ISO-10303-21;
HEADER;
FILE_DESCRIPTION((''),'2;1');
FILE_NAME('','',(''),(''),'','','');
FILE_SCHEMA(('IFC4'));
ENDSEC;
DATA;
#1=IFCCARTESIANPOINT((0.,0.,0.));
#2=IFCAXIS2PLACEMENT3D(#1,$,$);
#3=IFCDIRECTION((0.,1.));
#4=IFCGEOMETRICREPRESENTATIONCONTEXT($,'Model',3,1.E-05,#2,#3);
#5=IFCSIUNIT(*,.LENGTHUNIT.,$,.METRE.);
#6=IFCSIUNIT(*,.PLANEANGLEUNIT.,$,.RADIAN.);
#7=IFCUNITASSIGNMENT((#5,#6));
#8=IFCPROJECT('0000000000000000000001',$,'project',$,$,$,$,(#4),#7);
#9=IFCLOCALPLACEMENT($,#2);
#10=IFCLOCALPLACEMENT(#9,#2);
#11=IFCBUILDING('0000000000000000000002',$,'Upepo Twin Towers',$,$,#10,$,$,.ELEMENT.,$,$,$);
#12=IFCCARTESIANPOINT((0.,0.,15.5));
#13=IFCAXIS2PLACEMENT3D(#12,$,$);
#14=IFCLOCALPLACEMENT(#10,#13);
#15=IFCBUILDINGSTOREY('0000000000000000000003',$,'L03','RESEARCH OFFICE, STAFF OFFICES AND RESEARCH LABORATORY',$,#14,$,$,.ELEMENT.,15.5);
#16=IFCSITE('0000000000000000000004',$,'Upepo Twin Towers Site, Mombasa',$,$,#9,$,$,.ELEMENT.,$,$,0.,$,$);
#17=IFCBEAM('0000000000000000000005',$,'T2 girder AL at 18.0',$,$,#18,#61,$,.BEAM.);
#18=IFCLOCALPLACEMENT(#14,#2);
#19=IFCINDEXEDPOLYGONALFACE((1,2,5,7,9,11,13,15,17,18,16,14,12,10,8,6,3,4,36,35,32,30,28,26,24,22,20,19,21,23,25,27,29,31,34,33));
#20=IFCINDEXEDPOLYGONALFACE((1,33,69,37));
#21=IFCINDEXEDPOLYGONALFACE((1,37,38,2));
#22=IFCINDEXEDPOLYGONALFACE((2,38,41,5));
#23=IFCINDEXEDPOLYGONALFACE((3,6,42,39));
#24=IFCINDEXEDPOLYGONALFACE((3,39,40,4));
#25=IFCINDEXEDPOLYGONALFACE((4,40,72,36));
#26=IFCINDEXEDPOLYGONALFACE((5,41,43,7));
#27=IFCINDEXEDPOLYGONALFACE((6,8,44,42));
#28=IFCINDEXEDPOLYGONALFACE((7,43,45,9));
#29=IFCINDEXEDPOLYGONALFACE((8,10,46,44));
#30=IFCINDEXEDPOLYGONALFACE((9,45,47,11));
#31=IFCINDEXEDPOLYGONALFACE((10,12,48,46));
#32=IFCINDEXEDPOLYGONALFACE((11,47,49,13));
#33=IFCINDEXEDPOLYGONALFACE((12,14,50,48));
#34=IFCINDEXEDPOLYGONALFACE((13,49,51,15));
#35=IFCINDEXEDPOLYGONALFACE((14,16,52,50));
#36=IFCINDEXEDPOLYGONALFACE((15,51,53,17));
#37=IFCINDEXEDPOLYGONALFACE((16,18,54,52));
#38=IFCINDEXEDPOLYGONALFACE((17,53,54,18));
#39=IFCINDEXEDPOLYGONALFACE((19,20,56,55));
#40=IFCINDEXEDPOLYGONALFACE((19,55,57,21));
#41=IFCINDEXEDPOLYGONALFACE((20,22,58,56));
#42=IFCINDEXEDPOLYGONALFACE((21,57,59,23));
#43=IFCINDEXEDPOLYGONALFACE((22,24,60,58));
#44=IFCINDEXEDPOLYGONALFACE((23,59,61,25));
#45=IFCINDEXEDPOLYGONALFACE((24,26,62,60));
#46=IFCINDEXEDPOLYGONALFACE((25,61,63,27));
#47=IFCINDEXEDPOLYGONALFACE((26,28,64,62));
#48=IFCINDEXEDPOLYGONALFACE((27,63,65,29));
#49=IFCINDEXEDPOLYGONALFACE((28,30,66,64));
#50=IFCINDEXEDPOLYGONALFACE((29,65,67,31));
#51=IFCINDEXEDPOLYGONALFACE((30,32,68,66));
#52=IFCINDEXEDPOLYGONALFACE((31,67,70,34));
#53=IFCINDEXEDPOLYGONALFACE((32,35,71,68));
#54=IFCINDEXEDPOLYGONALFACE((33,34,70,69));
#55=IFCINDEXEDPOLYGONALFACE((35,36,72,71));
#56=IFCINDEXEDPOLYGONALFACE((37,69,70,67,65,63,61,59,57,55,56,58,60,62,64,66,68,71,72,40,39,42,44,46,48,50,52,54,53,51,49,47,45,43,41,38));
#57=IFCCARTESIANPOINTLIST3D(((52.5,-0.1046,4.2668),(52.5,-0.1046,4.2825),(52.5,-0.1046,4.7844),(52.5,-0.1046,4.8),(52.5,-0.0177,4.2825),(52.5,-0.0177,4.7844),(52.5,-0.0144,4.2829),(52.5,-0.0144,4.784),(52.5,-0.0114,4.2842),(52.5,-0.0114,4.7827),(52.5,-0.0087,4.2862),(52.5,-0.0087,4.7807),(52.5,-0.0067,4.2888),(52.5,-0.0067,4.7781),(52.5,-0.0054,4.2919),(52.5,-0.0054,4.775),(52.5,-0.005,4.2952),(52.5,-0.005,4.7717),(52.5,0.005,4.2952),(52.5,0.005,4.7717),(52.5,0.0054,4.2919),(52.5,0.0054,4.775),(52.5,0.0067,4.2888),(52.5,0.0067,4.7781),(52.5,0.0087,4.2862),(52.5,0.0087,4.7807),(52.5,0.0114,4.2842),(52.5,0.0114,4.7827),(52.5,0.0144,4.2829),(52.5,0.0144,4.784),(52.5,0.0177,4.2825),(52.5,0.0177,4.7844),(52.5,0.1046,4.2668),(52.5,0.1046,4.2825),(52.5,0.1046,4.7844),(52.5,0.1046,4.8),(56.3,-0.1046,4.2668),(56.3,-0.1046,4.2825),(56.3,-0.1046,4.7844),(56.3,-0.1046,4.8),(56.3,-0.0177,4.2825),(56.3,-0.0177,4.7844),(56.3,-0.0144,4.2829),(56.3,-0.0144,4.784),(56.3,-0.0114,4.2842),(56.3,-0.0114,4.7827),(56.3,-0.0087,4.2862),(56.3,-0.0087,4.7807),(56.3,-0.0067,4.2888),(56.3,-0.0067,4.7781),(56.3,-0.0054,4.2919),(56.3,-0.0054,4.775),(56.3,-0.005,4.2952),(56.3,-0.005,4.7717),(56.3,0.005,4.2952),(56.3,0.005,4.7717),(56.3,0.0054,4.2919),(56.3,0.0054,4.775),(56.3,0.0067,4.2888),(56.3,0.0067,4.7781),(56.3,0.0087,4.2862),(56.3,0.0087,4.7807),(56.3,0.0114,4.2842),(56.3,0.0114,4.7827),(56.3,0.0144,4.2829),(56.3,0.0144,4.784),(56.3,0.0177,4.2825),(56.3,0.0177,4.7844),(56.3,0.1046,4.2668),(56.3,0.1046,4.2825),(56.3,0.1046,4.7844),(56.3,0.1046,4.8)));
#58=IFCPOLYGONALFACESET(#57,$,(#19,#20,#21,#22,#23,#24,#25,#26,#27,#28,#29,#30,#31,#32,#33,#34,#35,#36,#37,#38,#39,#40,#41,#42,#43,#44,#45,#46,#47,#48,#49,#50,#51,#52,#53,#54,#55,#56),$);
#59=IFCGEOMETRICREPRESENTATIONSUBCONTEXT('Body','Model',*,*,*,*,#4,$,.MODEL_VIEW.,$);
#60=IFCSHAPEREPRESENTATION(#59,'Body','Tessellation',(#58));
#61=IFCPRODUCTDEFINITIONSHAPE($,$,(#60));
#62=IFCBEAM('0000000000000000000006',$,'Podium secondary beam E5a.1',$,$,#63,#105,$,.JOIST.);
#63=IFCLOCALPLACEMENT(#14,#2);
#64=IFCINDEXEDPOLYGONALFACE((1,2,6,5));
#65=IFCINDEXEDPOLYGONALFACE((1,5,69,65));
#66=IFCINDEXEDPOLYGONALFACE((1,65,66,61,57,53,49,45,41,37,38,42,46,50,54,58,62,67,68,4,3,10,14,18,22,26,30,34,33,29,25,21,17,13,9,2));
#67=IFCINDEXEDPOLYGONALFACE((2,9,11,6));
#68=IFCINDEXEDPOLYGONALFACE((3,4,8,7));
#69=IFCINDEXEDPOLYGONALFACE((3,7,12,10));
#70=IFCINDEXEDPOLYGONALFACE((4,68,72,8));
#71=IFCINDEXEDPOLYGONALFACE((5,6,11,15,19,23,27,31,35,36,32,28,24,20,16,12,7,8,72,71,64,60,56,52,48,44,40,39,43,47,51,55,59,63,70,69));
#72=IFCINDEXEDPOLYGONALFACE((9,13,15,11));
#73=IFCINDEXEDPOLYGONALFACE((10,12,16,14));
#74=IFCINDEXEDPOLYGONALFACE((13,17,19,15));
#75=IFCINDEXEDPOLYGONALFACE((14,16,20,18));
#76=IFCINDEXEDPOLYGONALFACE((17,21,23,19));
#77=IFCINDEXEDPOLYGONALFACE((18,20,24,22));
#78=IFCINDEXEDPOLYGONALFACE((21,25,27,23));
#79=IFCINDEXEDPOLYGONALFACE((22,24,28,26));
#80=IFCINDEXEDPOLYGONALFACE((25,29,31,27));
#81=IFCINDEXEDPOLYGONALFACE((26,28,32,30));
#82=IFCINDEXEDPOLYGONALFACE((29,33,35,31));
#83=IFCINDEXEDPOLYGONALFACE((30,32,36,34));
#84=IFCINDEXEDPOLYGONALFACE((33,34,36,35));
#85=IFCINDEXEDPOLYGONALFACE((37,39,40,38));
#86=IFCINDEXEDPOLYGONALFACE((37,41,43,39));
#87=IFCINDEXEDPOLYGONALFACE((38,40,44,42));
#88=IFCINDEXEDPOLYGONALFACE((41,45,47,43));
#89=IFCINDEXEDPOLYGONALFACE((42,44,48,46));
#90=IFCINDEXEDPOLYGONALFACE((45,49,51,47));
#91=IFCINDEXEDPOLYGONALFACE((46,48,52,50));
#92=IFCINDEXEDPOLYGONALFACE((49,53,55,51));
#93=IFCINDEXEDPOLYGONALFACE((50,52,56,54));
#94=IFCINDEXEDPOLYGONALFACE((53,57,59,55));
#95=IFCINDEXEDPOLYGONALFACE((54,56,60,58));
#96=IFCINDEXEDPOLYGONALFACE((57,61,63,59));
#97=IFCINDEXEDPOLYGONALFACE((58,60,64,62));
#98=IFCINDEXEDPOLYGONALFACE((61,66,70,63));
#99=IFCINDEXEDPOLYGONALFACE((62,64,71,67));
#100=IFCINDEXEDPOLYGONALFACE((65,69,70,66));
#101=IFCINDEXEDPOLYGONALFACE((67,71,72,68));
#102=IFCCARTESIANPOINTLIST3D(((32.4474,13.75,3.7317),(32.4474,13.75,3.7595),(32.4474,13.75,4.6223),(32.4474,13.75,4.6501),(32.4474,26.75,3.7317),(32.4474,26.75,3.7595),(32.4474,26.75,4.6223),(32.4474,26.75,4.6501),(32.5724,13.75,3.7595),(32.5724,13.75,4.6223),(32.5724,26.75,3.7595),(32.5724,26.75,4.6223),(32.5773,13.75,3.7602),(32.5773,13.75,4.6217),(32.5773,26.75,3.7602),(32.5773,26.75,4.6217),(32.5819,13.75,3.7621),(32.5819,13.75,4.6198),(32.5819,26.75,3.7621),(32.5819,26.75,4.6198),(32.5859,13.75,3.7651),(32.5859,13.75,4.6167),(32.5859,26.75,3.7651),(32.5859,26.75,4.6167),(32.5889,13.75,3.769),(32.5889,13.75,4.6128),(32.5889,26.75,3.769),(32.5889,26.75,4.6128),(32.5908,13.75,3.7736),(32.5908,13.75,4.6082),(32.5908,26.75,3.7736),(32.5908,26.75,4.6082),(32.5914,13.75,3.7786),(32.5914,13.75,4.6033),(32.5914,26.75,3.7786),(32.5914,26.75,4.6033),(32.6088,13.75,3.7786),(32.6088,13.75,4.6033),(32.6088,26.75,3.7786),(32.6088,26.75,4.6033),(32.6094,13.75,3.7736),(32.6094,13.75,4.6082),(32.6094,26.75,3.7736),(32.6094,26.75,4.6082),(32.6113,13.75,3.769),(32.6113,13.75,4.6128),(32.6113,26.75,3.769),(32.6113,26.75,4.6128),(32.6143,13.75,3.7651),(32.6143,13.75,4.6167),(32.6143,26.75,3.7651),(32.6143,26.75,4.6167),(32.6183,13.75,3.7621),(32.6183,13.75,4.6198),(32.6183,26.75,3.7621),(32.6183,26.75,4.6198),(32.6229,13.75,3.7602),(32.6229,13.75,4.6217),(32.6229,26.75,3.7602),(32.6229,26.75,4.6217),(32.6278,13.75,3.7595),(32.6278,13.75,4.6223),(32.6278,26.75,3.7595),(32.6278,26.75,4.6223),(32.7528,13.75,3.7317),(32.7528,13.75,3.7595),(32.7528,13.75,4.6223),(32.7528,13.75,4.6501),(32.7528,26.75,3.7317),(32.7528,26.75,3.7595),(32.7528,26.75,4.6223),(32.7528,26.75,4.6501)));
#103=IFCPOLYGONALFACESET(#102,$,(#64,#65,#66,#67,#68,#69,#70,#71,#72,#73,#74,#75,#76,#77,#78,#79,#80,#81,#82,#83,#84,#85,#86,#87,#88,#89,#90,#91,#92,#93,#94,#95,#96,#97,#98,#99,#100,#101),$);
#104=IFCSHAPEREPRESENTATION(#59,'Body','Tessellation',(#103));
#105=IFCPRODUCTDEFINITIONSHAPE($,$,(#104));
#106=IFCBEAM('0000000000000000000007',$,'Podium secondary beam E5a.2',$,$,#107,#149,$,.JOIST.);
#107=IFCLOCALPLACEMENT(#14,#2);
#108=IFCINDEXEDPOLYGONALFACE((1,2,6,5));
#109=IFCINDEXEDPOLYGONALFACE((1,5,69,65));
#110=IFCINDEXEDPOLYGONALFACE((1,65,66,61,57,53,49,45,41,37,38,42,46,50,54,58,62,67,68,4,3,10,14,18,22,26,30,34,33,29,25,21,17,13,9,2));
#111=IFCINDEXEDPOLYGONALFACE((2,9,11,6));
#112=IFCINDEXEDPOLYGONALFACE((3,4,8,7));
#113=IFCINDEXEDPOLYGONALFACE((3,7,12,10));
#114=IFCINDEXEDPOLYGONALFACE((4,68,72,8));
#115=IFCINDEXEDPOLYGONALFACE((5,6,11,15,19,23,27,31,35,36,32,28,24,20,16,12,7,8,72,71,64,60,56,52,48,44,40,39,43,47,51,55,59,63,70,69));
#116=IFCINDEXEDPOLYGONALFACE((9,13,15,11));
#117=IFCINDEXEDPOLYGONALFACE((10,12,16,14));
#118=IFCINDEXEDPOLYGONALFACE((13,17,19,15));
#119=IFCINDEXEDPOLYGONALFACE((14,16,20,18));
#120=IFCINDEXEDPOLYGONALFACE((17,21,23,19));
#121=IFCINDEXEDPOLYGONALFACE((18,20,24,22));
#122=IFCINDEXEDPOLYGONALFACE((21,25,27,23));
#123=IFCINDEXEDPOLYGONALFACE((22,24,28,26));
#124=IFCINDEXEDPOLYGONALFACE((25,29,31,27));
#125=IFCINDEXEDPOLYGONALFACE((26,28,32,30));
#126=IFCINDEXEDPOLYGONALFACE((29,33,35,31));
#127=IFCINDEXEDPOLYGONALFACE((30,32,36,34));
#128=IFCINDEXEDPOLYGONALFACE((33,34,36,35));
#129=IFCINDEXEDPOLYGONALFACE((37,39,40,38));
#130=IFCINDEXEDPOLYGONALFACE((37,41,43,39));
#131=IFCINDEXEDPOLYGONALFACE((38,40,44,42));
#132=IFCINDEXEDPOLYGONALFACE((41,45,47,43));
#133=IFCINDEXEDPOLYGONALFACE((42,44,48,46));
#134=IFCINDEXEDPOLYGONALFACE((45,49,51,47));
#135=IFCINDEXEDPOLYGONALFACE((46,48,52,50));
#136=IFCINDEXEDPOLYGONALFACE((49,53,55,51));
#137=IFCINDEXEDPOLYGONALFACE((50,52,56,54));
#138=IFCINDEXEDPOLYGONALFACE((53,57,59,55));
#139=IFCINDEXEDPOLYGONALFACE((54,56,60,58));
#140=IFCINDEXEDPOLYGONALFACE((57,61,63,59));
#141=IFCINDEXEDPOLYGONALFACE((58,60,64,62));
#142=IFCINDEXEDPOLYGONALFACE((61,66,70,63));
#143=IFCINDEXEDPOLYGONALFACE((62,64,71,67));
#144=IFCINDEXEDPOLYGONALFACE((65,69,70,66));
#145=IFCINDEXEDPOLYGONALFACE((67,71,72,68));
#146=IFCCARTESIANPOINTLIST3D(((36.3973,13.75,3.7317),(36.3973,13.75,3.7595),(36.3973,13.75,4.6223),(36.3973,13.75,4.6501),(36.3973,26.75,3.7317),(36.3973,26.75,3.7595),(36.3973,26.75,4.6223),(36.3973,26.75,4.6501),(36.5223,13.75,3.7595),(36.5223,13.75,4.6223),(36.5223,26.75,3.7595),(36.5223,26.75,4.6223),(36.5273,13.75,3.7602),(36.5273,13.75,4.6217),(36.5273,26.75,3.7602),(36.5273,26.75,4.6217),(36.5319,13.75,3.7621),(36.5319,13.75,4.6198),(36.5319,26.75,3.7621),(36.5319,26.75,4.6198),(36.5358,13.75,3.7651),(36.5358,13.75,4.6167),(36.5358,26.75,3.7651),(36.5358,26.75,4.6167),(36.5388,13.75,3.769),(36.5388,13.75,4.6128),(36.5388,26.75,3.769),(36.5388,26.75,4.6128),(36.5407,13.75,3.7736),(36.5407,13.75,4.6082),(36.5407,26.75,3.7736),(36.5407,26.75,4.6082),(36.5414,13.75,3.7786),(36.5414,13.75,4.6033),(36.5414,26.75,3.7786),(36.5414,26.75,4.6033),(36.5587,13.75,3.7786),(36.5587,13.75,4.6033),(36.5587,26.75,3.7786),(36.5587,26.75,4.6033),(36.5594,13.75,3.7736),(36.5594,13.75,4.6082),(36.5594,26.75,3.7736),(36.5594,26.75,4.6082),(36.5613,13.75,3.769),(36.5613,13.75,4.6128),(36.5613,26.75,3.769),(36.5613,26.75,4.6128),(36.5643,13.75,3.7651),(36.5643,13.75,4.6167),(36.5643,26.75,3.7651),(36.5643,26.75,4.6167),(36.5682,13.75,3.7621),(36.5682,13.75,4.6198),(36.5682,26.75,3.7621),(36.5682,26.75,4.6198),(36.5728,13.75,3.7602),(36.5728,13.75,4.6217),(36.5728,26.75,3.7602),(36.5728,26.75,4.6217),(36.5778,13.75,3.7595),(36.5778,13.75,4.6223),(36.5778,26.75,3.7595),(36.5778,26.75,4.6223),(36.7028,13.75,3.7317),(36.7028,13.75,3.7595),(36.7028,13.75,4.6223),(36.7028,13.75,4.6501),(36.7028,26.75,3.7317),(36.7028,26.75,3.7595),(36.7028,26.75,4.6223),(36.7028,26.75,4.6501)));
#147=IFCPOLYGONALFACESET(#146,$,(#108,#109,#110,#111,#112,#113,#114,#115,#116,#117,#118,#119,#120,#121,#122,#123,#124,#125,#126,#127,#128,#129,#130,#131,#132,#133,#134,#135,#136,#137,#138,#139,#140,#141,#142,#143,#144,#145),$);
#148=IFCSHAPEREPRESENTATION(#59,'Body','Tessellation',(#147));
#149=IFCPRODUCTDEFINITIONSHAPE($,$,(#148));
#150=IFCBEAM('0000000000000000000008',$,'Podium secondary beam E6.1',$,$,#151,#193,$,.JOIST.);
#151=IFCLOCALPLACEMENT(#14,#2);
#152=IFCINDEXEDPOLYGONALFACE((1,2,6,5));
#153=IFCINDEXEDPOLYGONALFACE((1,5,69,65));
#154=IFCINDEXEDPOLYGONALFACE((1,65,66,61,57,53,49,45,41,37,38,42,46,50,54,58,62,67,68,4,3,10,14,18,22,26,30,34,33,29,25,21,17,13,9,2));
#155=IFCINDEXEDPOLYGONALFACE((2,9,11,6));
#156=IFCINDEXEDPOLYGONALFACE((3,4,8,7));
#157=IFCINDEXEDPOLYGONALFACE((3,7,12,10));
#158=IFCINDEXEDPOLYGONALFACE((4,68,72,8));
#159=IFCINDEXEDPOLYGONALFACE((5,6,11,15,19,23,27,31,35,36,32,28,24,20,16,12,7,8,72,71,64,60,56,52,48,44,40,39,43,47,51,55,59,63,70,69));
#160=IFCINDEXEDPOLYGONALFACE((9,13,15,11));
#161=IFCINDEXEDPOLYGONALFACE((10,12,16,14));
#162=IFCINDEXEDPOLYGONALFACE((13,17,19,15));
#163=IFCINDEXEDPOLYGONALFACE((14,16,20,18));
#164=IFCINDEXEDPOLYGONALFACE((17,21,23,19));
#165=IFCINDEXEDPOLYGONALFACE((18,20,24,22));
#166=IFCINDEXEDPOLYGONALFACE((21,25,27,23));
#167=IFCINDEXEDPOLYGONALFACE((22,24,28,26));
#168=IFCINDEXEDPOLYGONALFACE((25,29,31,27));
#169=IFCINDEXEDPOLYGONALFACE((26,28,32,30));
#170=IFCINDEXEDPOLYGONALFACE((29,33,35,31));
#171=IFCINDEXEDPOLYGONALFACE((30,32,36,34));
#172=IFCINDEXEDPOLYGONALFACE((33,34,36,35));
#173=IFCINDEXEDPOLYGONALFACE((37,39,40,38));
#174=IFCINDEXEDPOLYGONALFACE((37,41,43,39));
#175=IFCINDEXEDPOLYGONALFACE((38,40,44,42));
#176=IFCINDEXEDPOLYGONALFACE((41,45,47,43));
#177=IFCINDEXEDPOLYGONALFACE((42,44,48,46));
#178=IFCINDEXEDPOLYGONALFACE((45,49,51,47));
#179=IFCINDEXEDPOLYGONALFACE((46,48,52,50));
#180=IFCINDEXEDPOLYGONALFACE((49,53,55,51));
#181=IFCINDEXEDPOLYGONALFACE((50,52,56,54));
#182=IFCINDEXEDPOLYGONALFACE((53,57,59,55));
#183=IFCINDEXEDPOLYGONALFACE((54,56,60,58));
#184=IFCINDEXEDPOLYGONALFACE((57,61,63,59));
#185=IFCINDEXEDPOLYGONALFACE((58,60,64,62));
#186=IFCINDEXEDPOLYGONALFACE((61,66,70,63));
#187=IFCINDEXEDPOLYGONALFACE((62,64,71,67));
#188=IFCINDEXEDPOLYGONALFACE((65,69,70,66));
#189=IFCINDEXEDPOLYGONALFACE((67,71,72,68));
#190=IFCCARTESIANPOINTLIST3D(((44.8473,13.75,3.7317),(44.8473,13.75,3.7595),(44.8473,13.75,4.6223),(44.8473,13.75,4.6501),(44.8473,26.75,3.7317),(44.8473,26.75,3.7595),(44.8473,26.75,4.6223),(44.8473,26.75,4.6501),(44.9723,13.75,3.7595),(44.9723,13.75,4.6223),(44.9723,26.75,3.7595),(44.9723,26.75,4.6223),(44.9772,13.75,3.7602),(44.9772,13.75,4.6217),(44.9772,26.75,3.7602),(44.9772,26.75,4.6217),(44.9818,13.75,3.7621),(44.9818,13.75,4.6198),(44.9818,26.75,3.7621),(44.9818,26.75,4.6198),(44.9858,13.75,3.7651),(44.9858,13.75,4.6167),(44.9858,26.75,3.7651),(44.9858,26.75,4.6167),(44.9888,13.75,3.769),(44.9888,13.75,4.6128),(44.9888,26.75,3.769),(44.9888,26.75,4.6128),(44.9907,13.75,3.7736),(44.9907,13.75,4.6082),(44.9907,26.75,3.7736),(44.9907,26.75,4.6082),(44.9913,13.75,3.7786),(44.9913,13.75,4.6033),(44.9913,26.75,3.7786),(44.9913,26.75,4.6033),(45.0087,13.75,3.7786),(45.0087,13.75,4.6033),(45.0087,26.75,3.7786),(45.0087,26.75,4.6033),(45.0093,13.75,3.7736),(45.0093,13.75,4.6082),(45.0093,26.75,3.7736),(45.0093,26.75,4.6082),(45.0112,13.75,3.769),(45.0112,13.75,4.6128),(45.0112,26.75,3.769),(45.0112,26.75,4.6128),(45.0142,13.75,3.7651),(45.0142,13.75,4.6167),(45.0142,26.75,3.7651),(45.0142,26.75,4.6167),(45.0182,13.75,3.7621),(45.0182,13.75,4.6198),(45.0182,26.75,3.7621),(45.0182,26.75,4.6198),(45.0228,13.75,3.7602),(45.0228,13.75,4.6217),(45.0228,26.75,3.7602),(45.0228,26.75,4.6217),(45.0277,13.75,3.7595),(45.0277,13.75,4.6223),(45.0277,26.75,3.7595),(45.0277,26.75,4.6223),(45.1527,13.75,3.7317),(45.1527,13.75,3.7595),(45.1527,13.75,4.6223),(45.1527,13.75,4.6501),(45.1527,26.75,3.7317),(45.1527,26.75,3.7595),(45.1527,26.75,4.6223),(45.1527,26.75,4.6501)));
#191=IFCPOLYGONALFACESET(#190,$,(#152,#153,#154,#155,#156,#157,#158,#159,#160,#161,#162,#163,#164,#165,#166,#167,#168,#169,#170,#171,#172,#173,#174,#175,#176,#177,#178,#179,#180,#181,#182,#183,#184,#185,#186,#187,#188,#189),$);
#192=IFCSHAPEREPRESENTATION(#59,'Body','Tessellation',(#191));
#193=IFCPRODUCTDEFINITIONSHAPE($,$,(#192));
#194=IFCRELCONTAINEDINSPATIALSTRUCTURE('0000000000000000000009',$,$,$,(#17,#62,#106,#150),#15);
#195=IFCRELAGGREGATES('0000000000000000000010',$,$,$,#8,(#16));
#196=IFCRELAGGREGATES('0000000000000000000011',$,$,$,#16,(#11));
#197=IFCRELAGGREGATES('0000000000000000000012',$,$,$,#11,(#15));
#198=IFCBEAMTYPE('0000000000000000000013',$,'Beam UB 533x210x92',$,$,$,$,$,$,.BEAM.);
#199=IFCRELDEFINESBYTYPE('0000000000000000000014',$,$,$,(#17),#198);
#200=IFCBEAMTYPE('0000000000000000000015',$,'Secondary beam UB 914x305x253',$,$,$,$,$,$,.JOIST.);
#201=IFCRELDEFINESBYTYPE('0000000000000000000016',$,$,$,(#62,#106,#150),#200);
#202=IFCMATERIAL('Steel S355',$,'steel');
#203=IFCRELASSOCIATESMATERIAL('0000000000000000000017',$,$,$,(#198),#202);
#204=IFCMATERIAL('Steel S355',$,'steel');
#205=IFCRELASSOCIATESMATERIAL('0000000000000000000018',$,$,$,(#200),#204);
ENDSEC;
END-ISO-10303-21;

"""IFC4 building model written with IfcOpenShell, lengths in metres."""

from ifc_helpers import new_model, si_unit, direction, frame, origin, origin_2d, place, context, subcontext, project, spatial, i_section, extrude, material, material_profile, profile_set, type_object, element, save


model = new_model("IFC4")

# Units and contexts
model_context = context("Model", 3, precision=1e-05, world=origin(), true_north=direction((0.0, 1.0)))
body_context = subcontext(model_context, "Body", "Model", "MODEL_VIEW")
ifc_project = project(units=[si_unit("LENGTHUNIT", "METRE"), si_unit("PLANEANGLEUNIT", "RADIAN")], contexts=[model_context])

# Site, building, storey
site_placement = place(None, origin())
site = spatial("IfcSite", under=ifc_project, at=site_placement, Name="Upepo Twin Towers Site, Mombasa", CompositionType="ELEMENT", RefElevation=0.0)
building_placement = place(site_placement, origin())
building = spatial("IfcBuilding", under=site, at=building_placement, Name="Upepo Twin Towers", CompositionType="ELEMENT")
storey_placement = place(building_placement, frame((0.0, 0.0, 15.5)))
storey = spatial("IfcBuildingStorey", under=building, at=storey_placement, Name="L03", Description="RESEARCH OFFICE, STAFF OFFICES AND RESEARCH LABORATORY", CompositionType="ELEMENT", Elevation=15.5)

# Beams
ifc_material_1 = material(Name="Steel S355", Category="steel")
ifc_material_profile_1 = material_profile(ifc_material_1, i_section(OverallWidth=0.2092, OverallDepth=0.5332, WebThickness=0.01, FlangeThickness=0.0156, FilletRadius=0.0127, at=origin_2d()), Name="UB 533x210x92")
ifc_profile_set_1 = profile_set([ifc_material_profile_1], Name="Steel S355")
beam_type_1 = type_object("IfcBeamType", Name="Beam UB 533x210x92", PredefinedType="BEAM", material=ifc_profile_set_1)
for number, where, z_axis, x_axis, name in (
    (1, (52.5, 0.0, 4.5334), (1.0, 0.0, 0.0), (0.0, 1.0, 0.0), "T2 girder AL at 18.0"),
):
    element("IfcBeam", number, at=place(storey_placement, frame(where, z_axis=z_axis, x_axis=x_axis)), inside=storey, type_object=beam_type_1, Name=name, PredefinedType="BEAM", context=body_context, shape_type="SweptSolid", body=[
        extrude(i_section(OverallWidth=0.2092, OverallDepth=0.5332, WebThickness=0.01, FlangeThickness=0.0156, FilletRadius=0.0127, at=origin_2d()), origin(), (0.0, 0.0, 1.0), 3.8),
    ])
ifc_material_2 = material(Name="Steel S355", Category="steel")
ifc_material_profile_2 = material_profile(ifc_material_2, i_section(OverallWidth=0.3054, OverallDepth=0.9185, WebThickness=0.0173, FlangeThickness=0.0278, FilletRadius=0.019, at=origin_2d()), Name="UB 914x305x253")
ifc_profile_set_2 = profile_set([ifc_material_profile_2], Name="Steel S355")
beam_type_2 = type_object("IfcBeamType", Name="Secondary beam UB 914x305x253", PredefinedType="JOIST", material=ifc_profile_set_2)
for number, where, z_axis, x_axis, name in (
    (2, (32.6001, 13.75, 4.1909), (0.0, 1.0, 0.0), (-1.0, 0.0, 0.0), "Podium secondary beam E5a.1"),
    (3, (36.55, 13.75, 4.1909), (0.0, 1.0, 0.0), (-1.0, 0.0, 0.0), "Podium secondary beam E5a.2"),
    (4, (45.0, 13.75, 4.1909), (0.0, 1.0, 0.0), (-1.0, 0.0, 0.0), "Podium secondary beam E6.1"),
):
    element("IfcBeam", number, at=place(storey_placement, frame(where, z_axis=z_axis, x_axis=x_axis)), inside=storey, type_object=beam_type_2, Name=name, PredefinedType="JOIST", context=body_context, shape_type="SweptSolid", body=[
        extrude(i_section(OverallWidth=0.3054, OverallDepth=0.9185, WebThickness=0.0173, FlangeThickness=0.0278, FilletRadius=0.019, at=origin_2d()), origin(), (0.0, 0.0, 1.0), 13.0),
    ])

save(model, "model.ifc")
